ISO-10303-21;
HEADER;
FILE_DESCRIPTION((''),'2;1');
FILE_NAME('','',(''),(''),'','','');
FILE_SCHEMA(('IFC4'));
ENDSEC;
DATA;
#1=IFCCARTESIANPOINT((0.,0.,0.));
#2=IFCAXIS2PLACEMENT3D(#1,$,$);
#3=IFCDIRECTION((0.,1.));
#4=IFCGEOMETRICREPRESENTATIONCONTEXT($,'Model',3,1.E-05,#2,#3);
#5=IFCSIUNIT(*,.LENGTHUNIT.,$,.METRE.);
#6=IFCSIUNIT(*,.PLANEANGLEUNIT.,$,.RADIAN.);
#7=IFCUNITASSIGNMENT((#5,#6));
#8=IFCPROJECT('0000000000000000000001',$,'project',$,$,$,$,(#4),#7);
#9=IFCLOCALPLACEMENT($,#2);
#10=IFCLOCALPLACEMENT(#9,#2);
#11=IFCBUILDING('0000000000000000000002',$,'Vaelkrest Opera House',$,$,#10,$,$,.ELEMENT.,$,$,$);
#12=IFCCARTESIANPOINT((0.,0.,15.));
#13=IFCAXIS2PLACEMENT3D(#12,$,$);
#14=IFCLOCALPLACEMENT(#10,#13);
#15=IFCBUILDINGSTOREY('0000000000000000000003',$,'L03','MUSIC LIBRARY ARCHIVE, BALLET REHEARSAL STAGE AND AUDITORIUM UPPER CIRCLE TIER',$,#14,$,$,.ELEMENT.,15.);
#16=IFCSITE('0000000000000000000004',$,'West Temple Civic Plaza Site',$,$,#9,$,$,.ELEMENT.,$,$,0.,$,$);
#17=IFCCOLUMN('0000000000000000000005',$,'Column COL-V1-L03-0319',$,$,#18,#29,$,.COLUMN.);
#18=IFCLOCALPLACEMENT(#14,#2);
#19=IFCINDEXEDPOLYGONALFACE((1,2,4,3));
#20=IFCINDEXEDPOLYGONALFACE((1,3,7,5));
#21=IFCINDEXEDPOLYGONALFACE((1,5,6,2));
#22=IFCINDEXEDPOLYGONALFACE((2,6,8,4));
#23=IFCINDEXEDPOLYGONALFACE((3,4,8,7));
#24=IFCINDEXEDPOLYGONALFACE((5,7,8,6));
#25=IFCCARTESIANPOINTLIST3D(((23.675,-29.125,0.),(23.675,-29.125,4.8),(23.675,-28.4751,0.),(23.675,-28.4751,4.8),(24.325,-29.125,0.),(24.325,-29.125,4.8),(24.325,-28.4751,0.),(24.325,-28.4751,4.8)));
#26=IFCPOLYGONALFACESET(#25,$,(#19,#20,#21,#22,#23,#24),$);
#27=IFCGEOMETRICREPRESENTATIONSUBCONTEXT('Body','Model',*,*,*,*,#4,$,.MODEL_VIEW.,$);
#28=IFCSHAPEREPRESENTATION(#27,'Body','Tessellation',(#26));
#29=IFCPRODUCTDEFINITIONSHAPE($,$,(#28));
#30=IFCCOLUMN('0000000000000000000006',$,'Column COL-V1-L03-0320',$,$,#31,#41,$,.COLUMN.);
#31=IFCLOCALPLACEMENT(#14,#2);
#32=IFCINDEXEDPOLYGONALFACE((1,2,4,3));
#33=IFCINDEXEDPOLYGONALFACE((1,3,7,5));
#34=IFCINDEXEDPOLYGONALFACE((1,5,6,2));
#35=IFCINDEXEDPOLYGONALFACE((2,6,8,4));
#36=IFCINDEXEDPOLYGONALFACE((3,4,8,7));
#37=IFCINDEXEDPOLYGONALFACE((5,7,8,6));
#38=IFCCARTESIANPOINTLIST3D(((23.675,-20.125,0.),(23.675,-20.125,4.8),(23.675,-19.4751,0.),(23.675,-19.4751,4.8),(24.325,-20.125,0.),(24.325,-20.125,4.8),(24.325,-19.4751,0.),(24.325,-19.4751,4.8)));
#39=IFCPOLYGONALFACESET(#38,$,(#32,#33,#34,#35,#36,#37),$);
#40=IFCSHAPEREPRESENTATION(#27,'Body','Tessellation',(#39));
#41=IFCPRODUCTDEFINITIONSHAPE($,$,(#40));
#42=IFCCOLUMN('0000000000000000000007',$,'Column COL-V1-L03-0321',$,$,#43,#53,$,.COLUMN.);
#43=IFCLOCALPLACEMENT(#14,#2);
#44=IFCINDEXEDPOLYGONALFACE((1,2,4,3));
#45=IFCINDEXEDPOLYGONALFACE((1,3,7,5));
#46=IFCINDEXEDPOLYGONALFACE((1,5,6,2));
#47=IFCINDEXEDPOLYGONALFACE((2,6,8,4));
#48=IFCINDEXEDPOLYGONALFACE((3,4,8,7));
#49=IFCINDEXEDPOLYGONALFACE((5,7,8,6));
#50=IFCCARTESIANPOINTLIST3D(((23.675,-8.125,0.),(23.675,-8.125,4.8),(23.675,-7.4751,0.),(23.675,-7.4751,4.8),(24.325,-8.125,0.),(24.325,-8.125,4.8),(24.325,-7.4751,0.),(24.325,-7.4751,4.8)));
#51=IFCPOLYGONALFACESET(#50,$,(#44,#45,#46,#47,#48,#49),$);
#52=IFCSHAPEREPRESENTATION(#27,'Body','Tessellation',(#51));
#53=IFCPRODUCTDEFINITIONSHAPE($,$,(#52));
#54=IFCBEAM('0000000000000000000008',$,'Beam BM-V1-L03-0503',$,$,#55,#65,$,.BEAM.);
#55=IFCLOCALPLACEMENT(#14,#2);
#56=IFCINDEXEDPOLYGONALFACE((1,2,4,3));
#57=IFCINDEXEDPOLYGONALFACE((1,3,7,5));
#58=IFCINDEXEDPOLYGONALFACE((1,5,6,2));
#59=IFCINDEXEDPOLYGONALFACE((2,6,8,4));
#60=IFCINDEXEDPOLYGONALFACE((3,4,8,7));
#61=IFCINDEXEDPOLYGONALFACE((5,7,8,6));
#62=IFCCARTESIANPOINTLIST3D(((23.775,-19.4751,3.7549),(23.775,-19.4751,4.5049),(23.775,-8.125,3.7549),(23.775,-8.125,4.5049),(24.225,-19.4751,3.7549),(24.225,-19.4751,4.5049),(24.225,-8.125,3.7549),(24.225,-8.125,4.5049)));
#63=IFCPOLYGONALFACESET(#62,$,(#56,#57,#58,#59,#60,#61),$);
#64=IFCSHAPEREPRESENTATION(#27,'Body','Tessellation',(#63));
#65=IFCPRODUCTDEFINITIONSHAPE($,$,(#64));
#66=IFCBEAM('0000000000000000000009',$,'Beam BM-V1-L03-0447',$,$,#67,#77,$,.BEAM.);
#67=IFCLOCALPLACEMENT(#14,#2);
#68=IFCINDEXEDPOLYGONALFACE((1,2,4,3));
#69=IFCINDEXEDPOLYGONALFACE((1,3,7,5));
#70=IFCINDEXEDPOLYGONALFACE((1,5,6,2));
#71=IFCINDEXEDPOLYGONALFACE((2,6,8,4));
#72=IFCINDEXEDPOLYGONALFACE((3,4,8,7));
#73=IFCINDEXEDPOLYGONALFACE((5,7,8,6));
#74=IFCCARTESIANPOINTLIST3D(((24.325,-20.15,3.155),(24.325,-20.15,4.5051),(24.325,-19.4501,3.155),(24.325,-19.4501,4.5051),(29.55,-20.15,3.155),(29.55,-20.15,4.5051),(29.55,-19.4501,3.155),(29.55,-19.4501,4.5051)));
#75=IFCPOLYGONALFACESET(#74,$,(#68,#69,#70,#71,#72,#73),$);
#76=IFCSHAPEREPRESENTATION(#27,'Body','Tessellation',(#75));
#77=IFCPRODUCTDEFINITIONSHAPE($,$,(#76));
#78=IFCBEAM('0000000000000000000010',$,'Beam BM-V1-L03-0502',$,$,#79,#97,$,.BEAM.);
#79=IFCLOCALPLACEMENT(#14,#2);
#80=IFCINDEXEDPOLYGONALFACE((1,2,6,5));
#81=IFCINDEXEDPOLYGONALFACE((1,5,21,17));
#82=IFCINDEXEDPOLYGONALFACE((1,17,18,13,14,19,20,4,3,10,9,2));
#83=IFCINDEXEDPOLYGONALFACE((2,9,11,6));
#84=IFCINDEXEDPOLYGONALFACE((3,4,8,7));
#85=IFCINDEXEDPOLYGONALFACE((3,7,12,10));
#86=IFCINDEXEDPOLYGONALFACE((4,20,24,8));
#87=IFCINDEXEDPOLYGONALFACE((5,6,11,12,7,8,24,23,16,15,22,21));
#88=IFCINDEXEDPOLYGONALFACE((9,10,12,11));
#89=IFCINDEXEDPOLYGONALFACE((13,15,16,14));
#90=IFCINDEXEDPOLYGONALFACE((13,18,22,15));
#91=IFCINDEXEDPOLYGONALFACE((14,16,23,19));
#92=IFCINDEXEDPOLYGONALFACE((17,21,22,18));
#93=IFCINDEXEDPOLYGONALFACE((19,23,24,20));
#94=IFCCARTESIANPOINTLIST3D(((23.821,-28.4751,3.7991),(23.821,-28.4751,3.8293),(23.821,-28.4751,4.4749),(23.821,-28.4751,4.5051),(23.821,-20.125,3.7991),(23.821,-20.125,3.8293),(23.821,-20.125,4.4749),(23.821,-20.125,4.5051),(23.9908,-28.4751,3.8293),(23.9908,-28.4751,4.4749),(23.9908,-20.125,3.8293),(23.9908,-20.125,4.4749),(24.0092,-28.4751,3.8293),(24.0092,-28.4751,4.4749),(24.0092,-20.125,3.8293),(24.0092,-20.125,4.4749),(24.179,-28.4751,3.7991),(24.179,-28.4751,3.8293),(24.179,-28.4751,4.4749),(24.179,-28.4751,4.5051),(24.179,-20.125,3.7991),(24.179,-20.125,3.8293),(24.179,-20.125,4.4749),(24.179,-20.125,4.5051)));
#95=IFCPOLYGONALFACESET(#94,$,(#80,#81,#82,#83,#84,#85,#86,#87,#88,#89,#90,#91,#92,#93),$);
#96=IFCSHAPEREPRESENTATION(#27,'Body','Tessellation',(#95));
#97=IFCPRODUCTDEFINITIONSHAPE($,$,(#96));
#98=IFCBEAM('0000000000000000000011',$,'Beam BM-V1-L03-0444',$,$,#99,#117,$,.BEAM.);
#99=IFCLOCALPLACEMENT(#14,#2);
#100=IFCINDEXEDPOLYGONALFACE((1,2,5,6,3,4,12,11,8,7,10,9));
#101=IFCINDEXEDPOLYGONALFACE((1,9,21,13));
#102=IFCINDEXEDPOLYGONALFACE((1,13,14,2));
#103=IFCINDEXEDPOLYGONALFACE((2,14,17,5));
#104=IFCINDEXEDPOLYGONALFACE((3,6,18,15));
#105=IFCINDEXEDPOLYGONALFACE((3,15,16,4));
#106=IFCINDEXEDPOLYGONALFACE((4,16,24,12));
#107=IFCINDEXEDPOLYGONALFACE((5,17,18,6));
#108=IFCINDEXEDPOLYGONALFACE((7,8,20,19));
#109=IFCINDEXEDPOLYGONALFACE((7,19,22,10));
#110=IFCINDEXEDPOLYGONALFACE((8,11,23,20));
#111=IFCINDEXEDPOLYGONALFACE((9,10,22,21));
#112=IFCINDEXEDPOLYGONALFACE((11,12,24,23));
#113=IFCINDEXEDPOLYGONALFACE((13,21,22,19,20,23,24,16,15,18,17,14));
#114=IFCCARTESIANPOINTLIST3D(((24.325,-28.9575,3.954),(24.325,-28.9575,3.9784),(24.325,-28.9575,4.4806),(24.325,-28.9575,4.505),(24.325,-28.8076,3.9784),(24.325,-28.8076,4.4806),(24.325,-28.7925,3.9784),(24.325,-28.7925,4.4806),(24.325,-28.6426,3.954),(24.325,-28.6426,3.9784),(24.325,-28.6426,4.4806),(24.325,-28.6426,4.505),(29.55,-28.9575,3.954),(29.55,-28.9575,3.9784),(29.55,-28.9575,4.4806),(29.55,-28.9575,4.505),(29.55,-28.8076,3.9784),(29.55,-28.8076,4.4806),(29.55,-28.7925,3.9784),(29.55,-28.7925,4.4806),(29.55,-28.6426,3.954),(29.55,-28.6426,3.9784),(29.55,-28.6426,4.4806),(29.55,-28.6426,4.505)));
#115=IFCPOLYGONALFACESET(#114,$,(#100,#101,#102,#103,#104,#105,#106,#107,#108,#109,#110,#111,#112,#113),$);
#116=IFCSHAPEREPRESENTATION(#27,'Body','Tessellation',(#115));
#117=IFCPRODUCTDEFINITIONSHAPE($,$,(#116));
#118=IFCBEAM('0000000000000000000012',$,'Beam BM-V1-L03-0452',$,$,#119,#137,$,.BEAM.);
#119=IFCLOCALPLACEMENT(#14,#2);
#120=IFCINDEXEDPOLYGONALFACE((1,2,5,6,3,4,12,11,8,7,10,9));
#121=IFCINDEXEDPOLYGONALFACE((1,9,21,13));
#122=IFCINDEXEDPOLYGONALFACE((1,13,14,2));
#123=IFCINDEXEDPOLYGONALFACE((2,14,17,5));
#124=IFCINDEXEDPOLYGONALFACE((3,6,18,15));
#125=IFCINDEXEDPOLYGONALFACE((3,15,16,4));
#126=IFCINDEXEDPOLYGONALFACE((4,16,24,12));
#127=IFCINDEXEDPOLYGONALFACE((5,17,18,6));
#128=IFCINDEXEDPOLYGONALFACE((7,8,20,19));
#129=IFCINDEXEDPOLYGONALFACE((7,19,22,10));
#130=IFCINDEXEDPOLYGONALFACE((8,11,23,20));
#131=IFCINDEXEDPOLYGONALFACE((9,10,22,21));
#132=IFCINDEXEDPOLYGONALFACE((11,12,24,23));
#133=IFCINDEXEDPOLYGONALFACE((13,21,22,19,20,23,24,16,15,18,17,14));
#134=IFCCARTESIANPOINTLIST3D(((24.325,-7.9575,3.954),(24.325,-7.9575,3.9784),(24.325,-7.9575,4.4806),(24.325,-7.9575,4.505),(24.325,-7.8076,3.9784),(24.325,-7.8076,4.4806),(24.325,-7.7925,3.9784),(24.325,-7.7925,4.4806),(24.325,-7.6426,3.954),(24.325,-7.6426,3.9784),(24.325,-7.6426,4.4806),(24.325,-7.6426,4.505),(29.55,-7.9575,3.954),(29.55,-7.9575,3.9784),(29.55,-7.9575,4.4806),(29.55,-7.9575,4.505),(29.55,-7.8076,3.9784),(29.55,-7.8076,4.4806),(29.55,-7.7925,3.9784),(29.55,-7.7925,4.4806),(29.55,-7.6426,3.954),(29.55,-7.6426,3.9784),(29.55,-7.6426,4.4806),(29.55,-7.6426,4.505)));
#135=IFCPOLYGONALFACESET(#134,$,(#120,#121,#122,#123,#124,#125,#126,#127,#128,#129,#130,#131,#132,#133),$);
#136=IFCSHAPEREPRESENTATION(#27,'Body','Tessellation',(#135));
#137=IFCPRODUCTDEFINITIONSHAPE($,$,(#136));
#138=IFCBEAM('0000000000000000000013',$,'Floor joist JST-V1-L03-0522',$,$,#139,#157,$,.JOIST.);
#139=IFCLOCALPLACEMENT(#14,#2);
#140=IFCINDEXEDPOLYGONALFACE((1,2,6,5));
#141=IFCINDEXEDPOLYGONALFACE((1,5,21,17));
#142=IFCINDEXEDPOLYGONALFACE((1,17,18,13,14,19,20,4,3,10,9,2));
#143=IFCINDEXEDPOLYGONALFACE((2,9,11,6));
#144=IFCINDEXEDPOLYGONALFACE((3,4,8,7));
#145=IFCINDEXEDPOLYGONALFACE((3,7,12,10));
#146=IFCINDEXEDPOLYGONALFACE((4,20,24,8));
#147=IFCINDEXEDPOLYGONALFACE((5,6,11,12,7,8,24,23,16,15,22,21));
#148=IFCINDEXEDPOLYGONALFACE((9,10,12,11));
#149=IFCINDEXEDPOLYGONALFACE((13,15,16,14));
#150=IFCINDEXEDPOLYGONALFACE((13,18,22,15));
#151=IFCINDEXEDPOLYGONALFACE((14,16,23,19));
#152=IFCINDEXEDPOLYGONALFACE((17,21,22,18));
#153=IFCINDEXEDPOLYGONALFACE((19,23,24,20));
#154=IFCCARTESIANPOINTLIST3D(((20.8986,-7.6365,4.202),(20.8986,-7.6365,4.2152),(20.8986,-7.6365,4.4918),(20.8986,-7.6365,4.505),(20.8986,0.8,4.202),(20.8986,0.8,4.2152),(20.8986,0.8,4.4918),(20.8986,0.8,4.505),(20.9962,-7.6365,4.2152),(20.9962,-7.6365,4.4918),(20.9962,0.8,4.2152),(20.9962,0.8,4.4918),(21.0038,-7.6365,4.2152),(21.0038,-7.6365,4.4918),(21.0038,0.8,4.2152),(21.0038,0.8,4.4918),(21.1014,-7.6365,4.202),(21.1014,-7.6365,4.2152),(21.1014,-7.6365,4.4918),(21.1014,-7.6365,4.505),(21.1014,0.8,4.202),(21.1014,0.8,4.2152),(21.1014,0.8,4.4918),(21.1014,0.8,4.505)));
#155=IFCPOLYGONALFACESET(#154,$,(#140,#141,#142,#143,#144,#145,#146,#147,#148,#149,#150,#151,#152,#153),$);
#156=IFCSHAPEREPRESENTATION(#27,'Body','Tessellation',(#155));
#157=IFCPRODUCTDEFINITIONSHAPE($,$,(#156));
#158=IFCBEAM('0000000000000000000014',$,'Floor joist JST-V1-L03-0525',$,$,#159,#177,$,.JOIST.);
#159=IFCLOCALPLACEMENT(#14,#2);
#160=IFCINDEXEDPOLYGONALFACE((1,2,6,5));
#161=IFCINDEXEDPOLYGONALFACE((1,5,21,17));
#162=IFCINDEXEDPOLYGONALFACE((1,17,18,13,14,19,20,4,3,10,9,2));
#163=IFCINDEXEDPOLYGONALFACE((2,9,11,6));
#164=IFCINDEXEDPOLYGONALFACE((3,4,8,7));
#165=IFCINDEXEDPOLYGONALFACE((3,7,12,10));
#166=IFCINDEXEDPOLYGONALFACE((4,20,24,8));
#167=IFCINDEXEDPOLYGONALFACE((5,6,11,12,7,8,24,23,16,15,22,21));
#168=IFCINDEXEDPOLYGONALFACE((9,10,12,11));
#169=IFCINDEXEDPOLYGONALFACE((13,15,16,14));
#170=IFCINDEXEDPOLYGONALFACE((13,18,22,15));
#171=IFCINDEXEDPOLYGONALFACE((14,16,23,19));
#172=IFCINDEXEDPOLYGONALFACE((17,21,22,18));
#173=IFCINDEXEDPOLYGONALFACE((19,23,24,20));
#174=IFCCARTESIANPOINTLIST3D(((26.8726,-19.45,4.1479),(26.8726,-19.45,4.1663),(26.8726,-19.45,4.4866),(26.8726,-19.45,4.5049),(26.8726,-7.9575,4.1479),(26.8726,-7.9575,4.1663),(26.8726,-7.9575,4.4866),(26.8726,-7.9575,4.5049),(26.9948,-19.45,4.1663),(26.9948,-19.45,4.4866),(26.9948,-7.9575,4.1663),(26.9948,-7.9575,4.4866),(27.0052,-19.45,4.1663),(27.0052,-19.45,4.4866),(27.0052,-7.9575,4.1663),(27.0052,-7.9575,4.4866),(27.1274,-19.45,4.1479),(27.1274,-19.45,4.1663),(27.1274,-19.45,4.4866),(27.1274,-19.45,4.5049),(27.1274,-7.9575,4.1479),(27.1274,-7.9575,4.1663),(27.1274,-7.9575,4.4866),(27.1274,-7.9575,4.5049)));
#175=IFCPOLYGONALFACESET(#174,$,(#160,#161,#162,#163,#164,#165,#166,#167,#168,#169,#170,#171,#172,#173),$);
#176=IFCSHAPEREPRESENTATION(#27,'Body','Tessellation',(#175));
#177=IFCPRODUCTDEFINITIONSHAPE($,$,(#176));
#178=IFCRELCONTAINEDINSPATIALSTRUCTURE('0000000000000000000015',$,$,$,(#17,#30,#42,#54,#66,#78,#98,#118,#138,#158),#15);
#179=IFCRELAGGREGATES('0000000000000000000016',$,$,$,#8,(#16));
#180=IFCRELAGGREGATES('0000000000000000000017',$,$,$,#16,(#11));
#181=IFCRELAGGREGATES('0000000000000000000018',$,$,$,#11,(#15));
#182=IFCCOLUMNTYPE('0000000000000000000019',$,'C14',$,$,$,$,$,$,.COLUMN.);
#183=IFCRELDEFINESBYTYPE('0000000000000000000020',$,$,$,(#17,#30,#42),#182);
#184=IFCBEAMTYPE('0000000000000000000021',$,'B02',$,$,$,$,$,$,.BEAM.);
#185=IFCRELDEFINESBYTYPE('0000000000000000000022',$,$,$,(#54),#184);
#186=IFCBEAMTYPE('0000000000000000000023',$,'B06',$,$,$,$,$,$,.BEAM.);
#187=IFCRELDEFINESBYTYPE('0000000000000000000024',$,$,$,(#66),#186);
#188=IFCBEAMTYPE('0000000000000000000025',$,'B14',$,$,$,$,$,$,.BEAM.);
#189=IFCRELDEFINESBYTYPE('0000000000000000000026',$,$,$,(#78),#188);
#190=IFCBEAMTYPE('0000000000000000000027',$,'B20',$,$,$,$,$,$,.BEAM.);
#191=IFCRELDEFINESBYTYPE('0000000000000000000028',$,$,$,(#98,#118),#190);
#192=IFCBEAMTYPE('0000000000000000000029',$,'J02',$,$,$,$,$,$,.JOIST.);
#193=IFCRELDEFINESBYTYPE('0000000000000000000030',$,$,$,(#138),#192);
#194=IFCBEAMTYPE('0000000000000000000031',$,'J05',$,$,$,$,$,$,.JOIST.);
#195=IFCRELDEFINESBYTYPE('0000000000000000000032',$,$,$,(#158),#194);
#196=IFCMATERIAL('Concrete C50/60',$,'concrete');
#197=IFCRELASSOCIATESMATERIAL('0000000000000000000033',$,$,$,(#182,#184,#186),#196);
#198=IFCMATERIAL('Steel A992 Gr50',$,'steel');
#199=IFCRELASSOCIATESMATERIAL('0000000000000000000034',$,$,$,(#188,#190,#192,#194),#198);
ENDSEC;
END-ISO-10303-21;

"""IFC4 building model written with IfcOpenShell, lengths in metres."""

from ifc_helpers import new_model, si_unit, direction, frame, origin, origin_2d, place, context, subcontext, project, spatial, rectangle, i_section, extrude, material, material_profile, profile_set, type_object, element, save


model = new_model("IFC4")

# Units and contexts
model_context = context("Model", 3, precision=1e-05, world=origin(), true_north=direction((0.0, 1.0)))
body_context = subcontext(model_context, "Body", "Model", "MODEL_VIEW")
ifc_project = project(units=[si_unit("LENGTHUNIT", "METRE"), si_unit("PLANEANGLEUNIT", "RADIAN")], contexts=[model_context])

# Site, building, storey
site_placement = place(None, origin())
site = spatial("IfcSite", under=ifc_project, at=site_placement, Name="West Temple Civic Plaza Site", CompositionType="ELEMENT", RefElevation=0.0)
building_placement = place(site_placement, origin())
building = spatial("IfcBuilding", under=site, at=building_placement, Name="Vaelkrest Opera House", CompositionType="ELEMENT")
storey_placement = place(building_placement, frame((0.0, 0.0, 15.0)))
storey = spatial("IfcBuildingStorey", under=building, at=storey_placement, Name="L03", Description="MUSIC LIBRARY ARCHIVE, BALLET REHEARSAL STAGE AND AUDITORIUM UPPER CIRCLE TIER", CompositionType="ELEMENT", Elevation=15.0)

# Columns
ifc_material_1 = material(Name="Concrete C50/60", Category="concrete")
ifc_material_profile_1 = material_profile(ifc_material_1, rectangle(XDim=0.6499, YDim=0.6499, at=origin_2d()), Name="RC650X650")
ifc_profile_set_1 = profile_set([ifc_material_profile_1], Name="Concrete C50/60")
column_type = type_object("IfcColumnType", Name="C14", PredefinedType="COLUMN", material=ifc_profile_set_1)
for number, where, z_axis, x_axis, name in (
    (1, (24.0, -28.8, 0.0), (0.0, 0.0, 1.0), (1.0, 0.0, 0.0), "Column COL-V1-L03-0319"),
    (2, (24.0, -19.8, 0.0), (0.0, 0.0, 1.0), (1.0, 0.0, 0.0), "Column COL-V1-L03-0320"),
    (3, (24.0, -7.8, 0.0), (0.0, 0.0, 1.0), (1.0, 0.0, 0.0), "Column COL-V1-L03-0321"),
):
    element("IfcColumn", number, at=place(storey_placement, frame(where, z_axis=z_axis, x_axis=x_axis)), inside=storey, type_object=column_type, Name=name, PredefinedType="COLUMN", context=body_context, shape_type="SweptSolid", body=[
        extrude(rectangle(XDim=0.6499, YDim=0.6499, at=origin_2d()), origin(), (0.0, 0.0, 1.0), 4.8),
    ])

# Beams
ifc_material_profile_2 = material_profile(ifc_material_1, rectangle(XDim=0.45, YDim=0.75, at=origin_2d()), Name="RCB450X750")
ifc_profile_set_2 = profile_set([ifc_material_profile_2], Name="Concrete C50/60")
beam_type_1 = type_object("IfcBeamType", Name="B02", PredefinedType="BEAM", material=ifc_profile_set_2)
beam_1_placement = place(storey_placement, frame((24.0, -19.4751, 4.1299), z_axis=(0.0, 1.0, 0.0), x_axis=(-1.0, 0.0, 0.0)))
element("IfcBeam", 4, at=beam_1_placement, inside=storey, type_object=beam_type_1, Name="Beam BM-V1-L03-0503", PredefinedType="BEAM", context=body_context, shape_type="SweptSolid", body=[
    extrude(rectangle(XDim=0.45, YDim=0.75, at=origin_2d()), origin(), (0.0, 0.0, 1.0), 11.3501),
])
ifc_material_profile_3 = material_profile(ifc_material_1, rectangle(XDim=0.7, YDim=1.3501, at=origin_2d()), Name="RCB700X1350")
ifc_profile_set_3 = profile_set([ifc_material_profile_3], Name="Concrete C50/60")
beam_type_2 = type_object("IfcBeamType", Name="B06", PredefinedType="BEAM", material=ifc_profile_set_3)
beam_2_placement = place(storey_placement, frame((24.325, -19.8, 3.8301), z_axis=(1.0, 0.0, 0.0), x_axis=(0.0, 1.0, 0.0)))
element("IfcBeam", 5, at=beam_2_placement, inside=storey, type_object=beam_type_2, Name="Beam BM-V1-L03-0447", PredefinedType="BEAM", context=body_context, shape_type="SweptSolid", body=[
    extrude(rectangle(XDim=0.7, YDim=1.3501, at=origin_2d()), origin(), (0.0, 0.0, 1.0), 5.2251),
])
ifc_material_2 = material(Name="Steel A992 Gr50", Category="steel")
ifc_material_profile_4 = material_profile(ifc_material_2, i_section(OverallWidth=0.3579, OverallDepth=0.7061, WebThickness=0.0183, FlangeThickness=0.0303, at=origin_2d()), Name="W27X178")
ifc_profile_set_4 = profile_set([ifc_material_profile_4], Name="Steel A992 Gr50")
beam_type_3 = type_object("IfcBeamType", Name="B14", PredefinedType="BEAM", material=ifc_profile_set_4)
beam_3_placement = place(storey_placement, frame((24.0, -28.4751, 4.1521), z_axis=(0.0, 1.0, 0.0), x_axis=(-1.0, 0.0, 0.0)))
element("IfcBeam", 6, at=beam_3_placement, inside=storey, type_object=beam_type_3, Name="Beam BM-V1-L03-0502", PredefinedType="BEAM", context=body_context, shape_type="SweptSolid", body=[
    extrude(i_section(OverallWidth=0.3579, OverallDepth=0.7061, WebThickness=0.0183, FlangeThickness=0.0303, at=origin_2d()), origin(), (0.0, 0.0, 1.0), 8.3501),
])
ifc_material_profile_5 = material_profile(ifc_material_2, i_section(OverallWidth=0.3149, OverallDepth=0.551, WebThickness=0.0151, FlangeThickness=0.0244, at=origin_2d()), Name="W21X122")
ifc_profile_set_5 = profile_set([ifc_material_profile_5], Name="Steel A992 Gr50")
beam_type_4 = type_object("IfcBeamType", Name="B20", PredefinedType="BEAM", material=ifc_profile_set_5)
for number, where, z_axis, x_axis, name in (
    (7, (24.325, -28.8, 4.2295), (1.0, 0.0, 0.0), (0.0, 1.0, 0.0), "Beam BM-V1-L03-0444"),
    (8, (24.325, -7.8, 4.2295), (1.0, 0.0, 0.0), (0.0, 1.0, 0.0), "Beam BM-V1-L03-0452"),
):
    element("IfcBeam", number, at=place(storey_placement, frame(where, z_axis=z_axis, x_axis=x_axis)), inside=storey, type_object=beam_type_4, Name=name, PredefinedType="BEAM", context=body_context, shape_type="SweptSolid", body=[
        extrude(i_section(OverallWidth=0.3149, OverallDepth=0.551, WebThickness=0.0151, FlangeThickness=0.0244, at=origin_2d()), origin(), (0.0, 0.0, 1.0), 5.2251),
    ])
ifc_material_profile_6 = material_profile(ifc_material_2, i_section(OverallWidth=0.2029, OverallDepth=0.303, WebThickness=0.0076, FlangeThickness=0.0132, at=origin_2d()), Name="W12X40")
ifc_profile_set_6 = profile_set([ifc_material_profile_6], Name="Steel A992 Gr50")
beam_type_5 = type_object("IfcBeamType", Name="J02", PredefinedType="JOIST", material=ifc_profile_set_6)
beam_4_placement = place(storey_placement, frame((21.0, -7.6365, 4.3535), z_axis=(0.0, 1.0, 0.0), x_axis=(-1.0, 0.0, 0.0)))
element("IfcBeam", 9, at=beam_4_placement, inside=storey, type_object=beam_type_5, Name="Floor joist JST-V1-L03-0522", PredefinedType="JOIST", context=body_context, shape_type="SweptSolid", body=[
    extrude(i_section(OverallWidth=0.2029, OverallDepth=0.303, WebThickness=0.0076, FlangeThickness=0.0132, at=origin_2d()), origin(), (0.0, 0.0, 1.0), 8.4365),
])
ifc_material_profile_7 = material_profile(ifc_material_2, i_section(OverallWidth=0.2549, OverallDepth=0.3569, WebThickness=0.0105, FlangeThickness=0.0183, at=origin_2d()), Name="W14X68")
ifc_profile_set_7 = profile_set([ifc_material_profile_7], Name="Steel A992 Gr50")
beam_type_6 = type_object("IfcBeamType", Name="J05", PredefinedType="JOIST", material=ifc_profile_set_7)
beam_5_placement = place(storey_placement, frame((27.0, -19.45, 4.3264), z_axis=(0.0, 1.0, 0.0), x_axis=(-1.0, 0.0, 0.0)))
element("IfcBeam", 10, at=beam_5_placement, inside=storey, type_object=beam_type_6, Name="Floor joist JST-V1-L03-0525", PredefinedType="JOIST", context=body_context, shape_type="SweptSolid", body=[
    extrude(i_section(OverallWidth=0.2549, OverallDepth=0.3569, WebThickness=0.0105, FlangeThickness=0.0183, at=origin_2d()), origin(), (0.0, 0.0, 1.0), 11.4924),
])

save(model, "model.ifc")
